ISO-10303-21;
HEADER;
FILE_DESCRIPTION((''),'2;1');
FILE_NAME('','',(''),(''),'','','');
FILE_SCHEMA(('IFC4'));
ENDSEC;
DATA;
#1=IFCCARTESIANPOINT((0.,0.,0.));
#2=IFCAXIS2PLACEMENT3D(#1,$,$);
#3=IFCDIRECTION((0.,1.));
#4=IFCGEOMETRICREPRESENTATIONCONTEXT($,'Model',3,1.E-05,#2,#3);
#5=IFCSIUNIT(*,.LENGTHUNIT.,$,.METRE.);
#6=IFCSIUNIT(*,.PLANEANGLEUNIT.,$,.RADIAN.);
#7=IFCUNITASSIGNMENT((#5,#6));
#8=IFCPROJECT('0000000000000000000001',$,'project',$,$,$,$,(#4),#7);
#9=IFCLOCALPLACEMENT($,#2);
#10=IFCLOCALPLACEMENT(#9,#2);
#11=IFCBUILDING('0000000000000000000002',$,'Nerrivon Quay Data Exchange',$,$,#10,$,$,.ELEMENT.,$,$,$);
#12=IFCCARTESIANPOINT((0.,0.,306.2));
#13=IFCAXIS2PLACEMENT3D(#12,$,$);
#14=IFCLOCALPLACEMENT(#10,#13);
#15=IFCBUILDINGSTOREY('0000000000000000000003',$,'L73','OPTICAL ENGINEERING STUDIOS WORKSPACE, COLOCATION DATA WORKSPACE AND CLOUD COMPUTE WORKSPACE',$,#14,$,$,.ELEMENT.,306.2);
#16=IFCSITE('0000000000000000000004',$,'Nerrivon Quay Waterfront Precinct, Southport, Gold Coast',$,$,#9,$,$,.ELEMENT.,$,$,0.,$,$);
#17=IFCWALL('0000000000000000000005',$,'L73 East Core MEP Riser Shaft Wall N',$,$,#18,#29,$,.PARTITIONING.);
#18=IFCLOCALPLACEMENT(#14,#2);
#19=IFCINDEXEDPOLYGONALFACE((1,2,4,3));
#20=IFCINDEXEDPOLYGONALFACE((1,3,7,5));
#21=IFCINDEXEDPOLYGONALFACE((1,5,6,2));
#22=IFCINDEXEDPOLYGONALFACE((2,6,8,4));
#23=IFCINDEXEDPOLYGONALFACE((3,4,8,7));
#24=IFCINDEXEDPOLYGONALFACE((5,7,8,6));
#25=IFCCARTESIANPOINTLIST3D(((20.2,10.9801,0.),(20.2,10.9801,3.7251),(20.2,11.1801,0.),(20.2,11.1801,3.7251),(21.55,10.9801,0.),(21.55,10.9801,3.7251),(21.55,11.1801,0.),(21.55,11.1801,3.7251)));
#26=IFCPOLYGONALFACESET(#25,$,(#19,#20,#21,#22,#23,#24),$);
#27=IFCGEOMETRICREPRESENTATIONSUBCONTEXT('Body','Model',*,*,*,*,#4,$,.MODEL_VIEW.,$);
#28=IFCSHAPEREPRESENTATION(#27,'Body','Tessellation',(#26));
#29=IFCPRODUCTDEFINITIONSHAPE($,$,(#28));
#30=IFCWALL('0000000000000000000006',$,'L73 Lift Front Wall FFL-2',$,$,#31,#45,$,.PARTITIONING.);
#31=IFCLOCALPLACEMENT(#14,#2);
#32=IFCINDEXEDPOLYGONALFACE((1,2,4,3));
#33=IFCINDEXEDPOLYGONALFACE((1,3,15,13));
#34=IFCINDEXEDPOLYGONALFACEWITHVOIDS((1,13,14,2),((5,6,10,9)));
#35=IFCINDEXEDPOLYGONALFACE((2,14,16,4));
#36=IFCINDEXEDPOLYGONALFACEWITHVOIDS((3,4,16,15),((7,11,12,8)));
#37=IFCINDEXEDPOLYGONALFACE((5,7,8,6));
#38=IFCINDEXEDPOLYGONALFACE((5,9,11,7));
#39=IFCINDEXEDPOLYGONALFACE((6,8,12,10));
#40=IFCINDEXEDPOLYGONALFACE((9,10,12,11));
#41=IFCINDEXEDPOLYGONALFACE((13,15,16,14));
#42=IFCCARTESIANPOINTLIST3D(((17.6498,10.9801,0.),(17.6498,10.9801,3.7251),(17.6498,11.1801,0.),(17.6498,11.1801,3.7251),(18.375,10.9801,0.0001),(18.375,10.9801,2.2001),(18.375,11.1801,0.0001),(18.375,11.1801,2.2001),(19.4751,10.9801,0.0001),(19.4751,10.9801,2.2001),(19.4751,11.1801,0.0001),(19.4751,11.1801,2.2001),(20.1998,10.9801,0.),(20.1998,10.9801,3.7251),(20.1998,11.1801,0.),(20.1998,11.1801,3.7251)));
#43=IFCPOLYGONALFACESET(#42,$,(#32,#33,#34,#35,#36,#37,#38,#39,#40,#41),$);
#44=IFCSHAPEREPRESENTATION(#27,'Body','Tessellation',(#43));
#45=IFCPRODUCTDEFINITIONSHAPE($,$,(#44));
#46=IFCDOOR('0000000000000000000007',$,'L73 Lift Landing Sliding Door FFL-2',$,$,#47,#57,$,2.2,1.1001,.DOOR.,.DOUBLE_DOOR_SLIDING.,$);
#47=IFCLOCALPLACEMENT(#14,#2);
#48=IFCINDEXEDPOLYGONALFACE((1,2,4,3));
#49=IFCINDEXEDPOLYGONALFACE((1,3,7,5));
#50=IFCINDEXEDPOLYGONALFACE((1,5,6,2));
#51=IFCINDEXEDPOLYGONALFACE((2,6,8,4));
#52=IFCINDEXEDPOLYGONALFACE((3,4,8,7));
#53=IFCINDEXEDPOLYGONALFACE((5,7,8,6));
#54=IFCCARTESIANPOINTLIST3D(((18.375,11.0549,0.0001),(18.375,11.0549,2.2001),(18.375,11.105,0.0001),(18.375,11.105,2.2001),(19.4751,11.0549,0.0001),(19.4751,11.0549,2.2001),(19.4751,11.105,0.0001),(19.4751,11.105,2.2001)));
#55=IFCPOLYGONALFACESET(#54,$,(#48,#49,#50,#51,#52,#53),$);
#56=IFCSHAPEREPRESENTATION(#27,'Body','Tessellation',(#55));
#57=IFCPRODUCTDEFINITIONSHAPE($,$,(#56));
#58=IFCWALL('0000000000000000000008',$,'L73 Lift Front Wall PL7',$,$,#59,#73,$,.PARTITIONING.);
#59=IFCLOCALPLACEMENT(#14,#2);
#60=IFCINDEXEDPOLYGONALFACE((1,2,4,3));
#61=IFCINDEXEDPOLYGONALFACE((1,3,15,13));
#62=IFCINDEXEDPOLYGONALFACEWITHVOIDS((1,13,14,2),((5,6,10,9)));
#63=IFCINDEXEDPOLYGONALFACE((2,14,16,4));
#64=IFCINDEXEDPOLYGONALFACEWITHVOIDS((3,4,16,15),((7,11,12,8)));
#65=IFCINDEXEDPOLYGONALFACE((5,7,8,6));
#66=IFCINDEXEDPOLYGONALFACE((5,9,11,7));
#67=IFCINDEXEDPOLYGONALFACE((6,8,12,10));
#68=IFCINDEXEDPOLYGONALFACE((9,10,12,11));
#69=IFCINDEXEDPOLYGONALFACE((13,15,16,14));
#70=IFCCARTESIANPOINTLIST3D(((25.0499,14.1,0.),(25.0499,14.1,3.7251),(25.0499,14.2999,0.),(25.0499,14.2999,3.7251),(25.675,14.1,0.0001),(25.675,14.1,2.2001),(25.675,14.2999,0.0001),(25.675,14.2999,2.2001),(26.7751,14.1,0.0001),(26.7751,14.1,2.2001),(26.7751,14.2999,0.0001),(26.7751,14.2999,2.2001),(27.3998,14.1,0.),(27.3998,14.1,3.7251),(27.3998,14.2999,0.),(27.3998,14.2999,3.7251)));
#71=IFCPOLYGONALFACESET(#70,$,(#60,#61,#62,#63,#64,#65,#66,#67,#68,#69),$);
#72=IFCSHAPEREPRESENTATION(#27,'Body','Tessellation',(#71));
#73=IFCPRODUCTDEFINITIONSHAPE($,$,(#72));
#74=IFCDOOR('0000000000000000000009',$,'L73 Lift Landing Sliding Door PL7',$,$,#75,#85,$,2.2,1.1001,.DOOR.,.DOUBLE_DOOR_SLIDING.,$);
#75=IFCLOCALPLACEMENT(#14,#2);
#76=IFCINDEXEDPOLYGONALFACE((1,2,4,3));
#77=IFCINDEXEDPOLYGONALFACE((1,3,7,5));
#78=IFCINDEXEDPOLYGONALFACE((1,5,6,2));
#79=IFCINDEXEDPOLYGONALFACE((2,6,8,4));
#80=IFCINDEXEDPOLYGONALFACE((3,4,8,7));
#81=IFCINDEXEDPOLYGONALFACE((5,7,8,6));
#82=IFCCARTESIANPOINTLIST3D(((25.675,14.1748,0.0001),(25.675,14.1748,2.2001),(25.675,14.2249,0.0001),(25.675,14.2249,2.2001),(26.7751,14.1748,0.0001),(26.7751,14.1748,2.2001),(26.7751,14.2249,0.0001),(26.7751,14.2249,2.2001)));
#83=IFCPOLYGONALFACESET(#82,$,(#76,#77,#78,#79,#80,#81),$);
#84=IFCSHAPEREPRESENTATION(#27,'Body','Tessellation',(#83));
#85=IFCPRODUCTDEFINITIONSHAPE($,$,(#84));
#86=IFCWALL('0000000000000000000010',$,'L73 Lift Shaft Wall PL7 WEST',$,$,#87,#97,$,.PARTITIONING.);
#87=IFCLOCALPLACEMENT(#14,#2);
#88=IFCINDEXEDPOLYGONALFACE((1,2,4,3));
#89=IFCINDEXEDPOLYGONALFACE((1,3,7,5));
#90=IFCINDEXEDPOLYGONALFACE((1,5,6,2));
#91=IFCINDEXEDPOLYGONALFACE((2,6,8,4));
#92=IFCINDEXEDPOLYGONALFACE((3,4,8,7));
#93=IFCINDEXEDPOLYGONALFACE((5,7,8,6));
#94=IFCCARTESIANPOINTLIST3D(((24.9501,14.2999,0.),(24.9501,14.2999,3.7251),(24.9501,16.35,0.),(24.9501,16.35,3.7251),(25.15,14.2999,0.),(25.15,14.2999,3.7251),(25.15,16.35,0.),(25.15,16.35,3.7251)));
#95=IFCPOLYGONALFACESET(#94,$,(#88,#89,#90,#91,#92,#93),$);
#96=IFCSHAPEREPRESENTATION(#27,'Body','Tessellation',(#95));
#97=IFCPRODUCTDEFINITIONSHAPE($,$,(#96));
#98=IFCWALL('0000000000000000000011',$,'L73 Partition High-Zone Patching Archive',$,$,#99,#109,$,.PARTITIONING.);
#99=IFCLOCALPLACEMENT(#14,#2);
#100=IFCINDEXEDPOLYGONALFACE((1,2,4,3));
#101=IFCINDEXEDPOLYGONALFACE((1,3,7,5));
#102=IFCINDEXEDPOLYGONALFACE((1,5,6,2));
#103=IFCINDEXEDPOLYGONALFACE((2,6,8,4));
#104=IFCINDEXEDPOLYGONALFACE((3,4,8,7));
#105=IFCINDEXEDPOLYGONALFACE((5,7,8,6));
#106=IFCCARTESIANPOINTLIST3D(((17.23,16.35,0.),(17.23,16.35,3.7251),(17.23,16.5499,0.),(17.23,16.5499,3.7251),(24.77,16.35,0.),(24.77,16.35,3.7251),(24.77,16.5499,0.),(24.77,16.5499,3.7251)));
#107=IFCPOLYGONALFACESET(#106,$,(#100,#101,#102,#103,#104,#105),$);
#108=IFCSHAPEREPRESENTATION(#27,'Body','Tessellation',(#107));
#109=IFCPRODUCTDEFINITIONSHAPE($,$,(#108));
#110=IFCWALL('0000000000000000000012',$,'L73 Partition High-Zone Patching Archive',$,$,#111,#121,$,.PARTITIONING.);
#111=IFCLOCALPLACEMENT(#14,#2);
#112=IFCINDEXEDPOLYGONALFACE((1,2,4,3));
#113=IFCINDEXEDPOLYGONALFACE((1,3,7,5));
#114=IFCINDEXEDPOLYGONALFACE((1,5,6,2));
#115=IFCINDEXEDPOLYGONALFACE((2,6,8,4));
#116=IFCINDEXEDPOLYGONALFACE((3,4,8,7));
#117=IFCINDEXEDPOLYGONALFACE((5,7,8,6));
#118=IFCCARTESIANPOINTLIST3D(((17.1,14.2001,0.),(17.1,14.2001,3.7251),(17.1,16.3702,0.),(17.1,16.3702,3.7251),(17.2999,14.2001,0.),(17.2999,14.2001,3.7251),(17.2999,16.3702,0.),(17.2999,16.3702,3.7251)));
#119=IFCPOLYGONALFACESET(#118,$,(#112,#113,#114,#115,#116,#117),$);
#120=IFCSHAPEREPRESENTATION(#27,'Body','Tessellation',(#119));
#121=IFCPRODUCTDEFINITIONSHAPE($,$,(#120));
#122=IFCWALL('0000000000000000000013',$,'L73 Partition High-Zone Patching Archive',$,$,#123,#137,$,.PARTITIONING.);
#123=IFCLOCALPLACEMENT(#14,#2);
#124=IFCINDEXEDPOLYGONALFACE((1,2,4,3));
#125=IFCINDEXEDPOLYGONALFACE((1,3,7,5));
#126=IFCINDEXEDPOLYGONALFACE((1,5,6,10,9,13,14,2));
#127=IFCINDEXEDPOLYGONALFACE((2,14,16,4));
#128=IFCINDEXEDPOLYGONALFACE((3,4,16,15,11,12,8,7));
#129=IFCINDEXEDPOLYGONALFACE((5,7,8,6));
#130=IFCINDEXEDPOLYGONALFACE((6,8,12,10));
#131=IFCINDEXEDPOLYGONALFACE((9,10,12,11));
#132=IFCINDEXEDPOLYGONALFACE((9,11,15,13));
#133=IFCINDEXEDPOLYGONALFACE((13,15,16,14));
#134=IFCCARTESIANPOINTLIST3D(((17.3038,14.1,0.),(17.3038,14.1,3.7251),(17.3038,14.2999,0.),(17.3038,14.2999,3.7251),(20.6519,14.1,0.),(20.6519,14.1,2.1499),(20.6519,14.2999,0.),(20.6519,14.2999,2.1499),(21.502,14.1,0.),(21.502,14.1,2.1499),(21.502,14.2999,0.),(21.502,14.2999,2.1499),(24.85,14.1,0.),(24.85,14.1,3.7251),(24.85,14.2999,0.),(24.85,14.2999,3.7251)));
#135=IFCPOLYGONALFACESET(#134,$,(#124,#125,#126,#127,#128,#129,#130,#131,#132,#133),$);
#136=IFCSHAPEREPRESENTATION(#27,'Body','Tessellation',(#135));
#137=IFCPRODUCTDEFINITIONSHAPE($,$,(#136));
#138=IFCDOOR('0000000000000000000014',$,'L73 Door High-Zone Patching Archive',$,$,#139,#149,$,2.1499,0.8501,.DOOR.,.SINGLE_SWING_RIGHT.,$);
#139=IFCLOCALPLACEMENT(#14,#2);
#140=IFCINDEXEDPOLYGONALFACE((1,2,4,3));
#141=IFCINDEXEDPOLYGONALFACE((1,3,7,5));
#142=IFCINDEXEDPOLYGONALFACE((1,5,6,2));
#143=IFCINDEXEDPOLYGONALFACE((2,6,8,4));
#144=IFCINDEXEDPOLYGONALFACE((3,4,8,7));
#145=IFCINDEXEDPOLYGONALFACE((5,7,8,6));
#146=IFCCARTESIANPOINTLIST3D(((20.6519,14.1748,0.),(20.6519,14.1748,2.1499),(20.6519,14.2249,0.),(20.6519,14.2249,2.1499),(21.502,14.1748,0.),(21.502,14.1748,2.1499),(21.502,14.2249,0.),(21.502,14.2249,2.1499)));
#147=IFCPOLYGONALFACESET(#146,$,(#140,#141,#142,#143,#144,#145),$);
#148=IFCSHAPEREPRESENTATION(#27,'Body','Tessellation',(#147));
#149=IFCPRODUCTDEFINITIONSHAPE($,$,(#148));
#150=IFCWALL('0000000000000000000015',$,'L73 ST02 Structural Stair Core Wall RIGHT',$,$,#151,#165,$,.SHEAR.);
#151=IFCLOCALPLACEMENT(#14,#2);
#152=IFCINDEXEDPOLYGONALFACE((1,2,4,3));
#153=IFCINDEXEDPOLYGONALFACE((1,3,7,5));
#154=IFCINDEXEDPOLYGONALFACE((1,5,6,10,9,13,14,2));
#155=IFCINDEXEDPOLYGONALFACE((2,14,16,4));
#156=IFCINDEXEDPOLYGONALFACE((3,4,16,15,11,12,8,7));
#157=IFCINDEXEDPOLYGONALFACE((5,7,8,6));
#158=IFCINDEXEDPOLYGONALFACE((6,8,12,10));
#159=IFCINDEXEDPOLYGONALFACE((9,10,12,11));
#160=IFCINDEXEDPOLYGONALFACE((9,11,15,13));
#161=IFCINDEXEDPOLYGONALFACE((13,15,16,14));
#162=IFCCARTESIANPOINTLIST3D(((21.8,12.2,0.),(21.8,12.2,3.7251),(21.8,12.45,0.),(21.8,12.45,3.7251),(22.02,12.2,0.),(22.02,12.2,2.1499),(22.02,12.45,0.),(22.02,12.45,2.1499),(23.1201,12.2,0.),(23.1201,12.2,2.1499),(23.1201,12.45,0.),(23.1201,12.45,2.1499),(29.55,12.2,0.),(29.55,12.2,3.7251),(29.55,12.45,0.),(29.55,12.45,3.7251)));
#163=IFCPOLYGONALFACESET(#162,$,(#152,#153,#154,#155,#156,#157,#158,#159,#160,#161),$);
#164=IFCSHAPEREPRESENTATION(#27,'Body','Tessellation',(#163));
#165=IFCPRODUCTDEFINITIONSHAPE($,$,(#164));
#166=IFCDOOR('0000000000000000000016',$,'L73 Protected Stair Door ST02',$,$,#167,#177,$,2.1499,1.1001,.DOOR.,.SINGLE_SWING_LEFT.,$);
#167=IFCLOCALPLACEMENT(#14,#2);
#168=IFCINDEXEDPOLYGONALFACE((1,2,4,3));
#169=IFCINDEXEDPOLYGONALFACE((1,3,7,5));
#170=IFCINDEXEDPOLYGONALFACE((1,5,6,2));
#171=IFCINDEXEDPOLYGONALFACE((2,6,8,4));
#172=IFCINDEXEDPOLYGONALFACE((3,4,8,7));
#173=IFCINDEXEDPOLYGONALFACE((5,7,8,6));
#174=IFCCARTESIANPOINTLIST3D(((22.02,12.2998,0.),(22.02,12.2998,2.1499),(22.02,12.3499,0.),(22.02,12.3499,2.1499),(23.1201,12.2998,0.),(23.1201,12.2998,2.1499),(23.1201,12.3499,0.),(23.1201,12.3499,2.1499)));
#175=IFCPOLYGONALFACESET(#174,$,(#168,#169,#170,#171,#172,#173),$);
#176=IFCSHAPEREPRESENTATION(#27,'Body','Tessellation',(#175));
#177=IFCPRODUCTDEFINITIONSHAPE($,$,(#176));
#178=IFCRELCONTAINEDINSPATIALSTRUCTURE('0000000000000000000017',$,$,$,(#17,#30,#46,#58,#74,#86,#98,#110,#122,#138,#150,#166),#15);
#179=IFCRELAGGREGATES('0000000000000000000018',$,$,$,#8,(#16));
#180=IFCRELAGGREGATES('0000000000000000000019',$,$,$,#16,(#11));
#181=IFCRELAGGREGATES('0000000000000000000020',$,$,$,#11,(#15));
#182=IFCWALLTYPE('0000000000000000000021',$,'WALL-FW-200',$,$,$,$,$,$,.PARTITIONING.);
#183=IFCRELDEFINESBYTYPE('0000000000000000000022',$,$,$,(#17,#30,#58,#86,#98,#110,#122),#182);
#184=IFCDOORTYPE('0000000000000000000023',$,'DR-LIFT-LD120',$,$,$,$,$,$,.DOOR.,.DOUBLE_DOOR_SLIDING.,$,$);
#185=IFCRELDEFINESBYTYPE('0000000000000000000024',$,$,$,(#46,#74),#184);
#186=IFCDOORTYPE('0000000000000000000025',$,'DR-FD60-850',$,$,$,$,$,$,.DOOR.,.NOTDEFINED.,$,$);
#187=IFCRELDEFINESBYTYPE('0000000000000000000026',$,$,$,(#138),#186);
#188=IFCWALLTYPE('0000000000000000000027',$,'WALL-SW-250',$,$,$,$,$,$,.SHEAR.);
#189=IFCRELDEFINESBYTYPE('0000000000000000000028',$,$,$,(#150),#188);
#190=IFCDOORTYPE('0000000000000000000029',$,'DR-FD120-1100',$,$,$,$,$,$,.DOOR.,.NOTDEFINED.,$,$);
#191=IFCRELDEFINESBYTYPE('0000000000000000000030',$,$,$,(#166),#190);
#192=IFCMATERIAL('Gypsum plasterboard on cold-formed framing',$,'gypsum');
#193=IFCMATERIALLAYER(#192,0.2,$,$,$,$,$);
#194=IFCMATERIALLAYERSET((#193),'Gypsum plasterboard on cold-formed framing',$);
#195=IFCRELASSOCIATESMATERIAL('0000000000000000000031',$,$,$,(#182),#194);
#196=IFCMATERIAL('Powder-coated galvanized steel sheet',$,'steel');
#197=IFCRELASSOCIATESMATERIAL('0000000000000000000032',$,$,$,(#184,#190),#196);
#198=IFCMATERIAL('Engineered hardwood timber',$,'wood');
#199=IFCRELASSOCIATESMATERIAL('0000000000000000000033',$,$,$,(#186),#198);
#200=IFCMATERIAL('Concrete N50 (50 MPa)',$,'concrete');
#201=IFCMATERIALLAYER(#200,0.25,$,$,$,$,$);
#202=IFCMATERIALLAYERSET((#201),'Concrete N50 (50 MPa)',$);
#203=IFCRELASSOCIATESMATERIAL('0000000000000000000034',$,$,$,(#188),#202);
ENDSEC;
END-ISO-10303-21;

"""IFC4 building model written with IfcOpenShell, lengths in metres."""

from ifc_helpers import new_model, si_unit, direction, frame, frame_2d, origin, place, context, subcontext, project, spatial, rectangle, extrude, material, layer, layer_set, type_object, element, fill, save


model = new_model("IFC4")

# Units and contexts
model_context = context("Model", 3, precision=1e-05, world=origin(), true_north=direction((0.0, 1.0)))
body_context = subcontext(model_context, "Body", "Model", "MODEL_VIEW")
ifc_project = project(units=[si_unit("LENGTHUNIT", "METRE"), si_unit("PLANEANGLEUNIT", "RADIAN")], contexts=[model_context])

# Site, building, storey
site_placement = place(None, origin())
site = spatial("IfcSite", under=ifc_project, at=site_placement, Name="Nerrivon Quay Waterfront Precinct, Southport, Gold Coast", CompositionType="ELEMENT", RefElevation=0.0)
building_placement = place(site_placement, origin())
building = spatial("IfcBuilding", under=site, at=building_placement, Name="Nerrivon Quay Data Exchange", CompositionType="ELEMENT")
storey_placement = place(building_placement, frame((0.0, 0.0, 306.2)))
storey = spatial("IfcBuildingStorey", under=building, at=storey_placement, Name="L73", Description="OPTICAL ENGINEERING STUDIOS WORKSPACE, COLOCATION DATA WORKSPACE AND CLOUD COMPUTE WORKSPACE", CompositionType="ELEMENT", Elevation=306.2)

# Shared definitions
ifc_material_1 = material(Name="Concrete N50 (50 MPa)", Category="concrete")

# Wall
ifc_material_2 = material(Name="Gypsum plasterboard on cold-formed framing", Category="gypsum")
ifc_layer_1 = layer(ifc_material_2, 0.2)
ifc_layer_set_1 = layer_set([ifc_layer_1], Name="Gypsum plasterboard on cold-formed framing")
wall_type_1 = type_object("IfcWallType", Name="WALL-FW-200", PredefinedType="PARTITIONING", material=ifc_layer_set_1)
wall_1_placement = place(storey_placement, frame((20.2, 11.0801, 0.0), z_axis=(0.0, 0.0, 1.0), x_axis=(1.0, 0.0, 0.0)))
element("IfcWall", 1, at=wall_1_placement, inside=storey, type_object=wall_type_1, Name="L73 East Core MEP Riser Shaft Wall N", PredefinedType="PARTITIONING", context=body_context, shape_type="SweptSolid", body=[
    extrude(rectangle(XDim=1.3501, YDim=0.2, at=frame_2d((0.675, 0.0))), origin(), (0.0, 0.0, 1.0), 3.7251),
])

# Walls, openings, doors
wall_2_placement = place(storey_placement, frame((17.6499, 11.0801, 0.0), z_axis=(0.0, 0.0, 1.0), x_axis=(1.0, 0.0, 0.0)))
wall_2 = element("IfcWall", 2, at=wall_2_placement, inside=storey, type_object=wall_type_1, Name="L73 Lift Front Wall FFL-2", PredefinedType="PARTITIONING", context=body_context, shape_type="SweptSolid", body=[
    extrude(rectangle(XDim=2.55, YDim=0.2, at=frame_2d((1.2749, 0.0))), origin(), (0.0, 0.0, 1.0), 3.7251),
])
opening_1_placement = place(wall_2_placement, frame((0.7251, 0.0, 0.0)))
opening_1 = element("IfcOpeningElement", 3, at=opening_1_placement, cuts=wall_2, PredefinedType="OPENING", context=body_context, shape_type="SweptSolid", body=[
    extrude(rectangle(XDim=1.1001, YDim=2.2, at=frame_2d((0.55, 1.1001))), frame((0.0, 0.1099, 0.0), z_axis=(0.0, -1.0, 0.0), x_axis=(1.0, 0.0, 0.0)), (0.0, 0.0, 1.0), 0.22),
])
ifc_material_3 = material(Name="Powder-coated galvanized steel sheet", Category="steel")
door_type_1 = type_object("IfcDoorType", Name="DR-LIFT-LD120", OperationType="DOUBLE_DOOR_SLIDING", PredefinedType="DOOR", material=ifc_material_3)
door_1_placement = place(opening_1_placement, origin())
door_1 = element("IfcDoor", 4, at=door_1_placement, inside=storey, type_object=door_type_1, Name="L73 Lift Landing Sliding Door FFL-2", OperationType="DOUBLE_DOOR_SLIDING", OverallHeight=2.2, OverallWidth=1.1001, PredefinedType="DOOR", context=body_context, shape_type="SweptSolid", body=[
    extrude(rectangle(XDim=1.1001, YDim=2.2, at=frame_2d((0.55, 1.1001))), frame((0.0, 0.0249, 0.0), z_axis=(0.0, -1.0, 0.0), x_axis=(1.0, 0.0, 0.0)), (0.0, 0.0, 1.0), 0.05),
])
fill(opening_1, door_1)
wall_3_placement = place(storey_placement, frame((25.05, 14.2, 0.0), z_axis=(0.0, 0.0, 1.0), x_axis=(1.0, 0.0, 0.0)))
wall_3 = element("IfcWall", 5, at=wall_3_placement, inside=storey, type_object=wall_type_1, Name="L73 Lift Front Wall PL7", PredefinedType="PARTITIONING", context=body_context, shape_type="SweptSolid", body=[
    extrude(rectangle(XDim=2.3499, YDim=0.2, at=frame_2d((1.1748, 0.0))), origin(), (0.0, 0.0, 1.0), 3.7251),
])
opening_2_placement = place(wall_3_placement, frame((0.625, 0.0, 0.0)))
opening_2 = element("IfcOpeningElement", 6, at=opening_2_placement, cuts=wall_3, PredefinedType="OPENING", context=body_context, shape_type="SweptSolid", body=[
    extrude(rectangle(XDim=1.1001, YDim=2.2, at=frame_2d((0.55, 1.1001))), frame((0.0, 0.1099, 0.0), z_axis=(0.0, -1.0, 0.0), x_axis=(1.0, 0.0, 0.0)), (0.0, 0.0, 1.0), 0.22),
])
door_2_placement = place(opening_2_placement, origin())
door_2 = element("IfcDoor", 7, at=door_2_placement, inside=storey, type_object=door_type_1, Name="L73 Lift Landing Sliding Door PL7", OperationType="DOUBLE_DOOR_SLIDING", OverallHeight=2.2, OverallWidth=1.1001, PredefinedType="DOOR", context=body_context, shape_type="SweptSolid", body=[
    extrude(rectangle(XDim=1.1001, YDim=2.2, at=frame_2d((0.55, 1.1001))), frame((0.0, 0.0249, 0.0), z_axis=(0.0, -1.0, 0.0), x_axis=(1.0, 0.0, 0.0)), (0.0, 0.0, 1.0), 0.05),
])
fill(opening_2, door_2)

# Walls
wall_4_placement = place(storey_placement, frame((25.05, 14.3, 0.0), z_axis=(0.0, 0.0, 1.0), x_axis=(0.0, 1.0, 0.0)))
element("IfcWall", 8, at=wall_4_placement, inside=storey, type_object=wall_type_1, Name="L73 Lift Shaft Wall PL7 WEST", PredefinedType="PARTITIONING", context=body_context, shape_type="SweptSolid", body=[
    extrude(rectangle(XDim=2.05, YDim=0.2, at=frame_2d((1.0249, 0.0))), origin(), (0.0, 0.0, 1.0), 3.7251),
])
wall_5_placement = place(storey_placement, frame((24.77, 16.45, 0.0), z_axis=(0.0, 0.0, 1.0), x_axis=(-1.0, 0.0, 0.0)))
element("IfcWall", 9, at=wall_5_placement, inside=storey, type_object=wall_type_1, Name="L73 Partition High-Zone Patching Archive", PredefinedType="PARTITIONING", context=body_context, shape_type="SweptSolid", body=[
    extrude(rectangle(XDim=7.54, YDim=0.2, at=frame_2d((3.77, 0.0))), origin(), (0.0, 0.0, 1.0), 3.7251),
])
wall_6_placement = place(storey_placement, frame((17.2, 16.3701, 0.0), z_axis=(0.0, 0.0, 1.0), x_axis=(0.0, -1.0, 0.0)))
element("IfcWall", 10, at=wall_6_placement, inside=storey, type_object=wall_type_1, Name="L73 Partition High-Zone Patching Archive", PredefinedType="PARTITIONING", context=body_context, shape_type="SweptSolid", body=[
    extrude(rectangle(XDim=2.1702, YDim=0.2, at=frame_2d((1.085, 0.0))), origin(), (0.0, 0.0, 1.0), 3.7251),
])

# Walls, openings, doors
wall_7_placement = place(storey_placement, frame((17.304, 14.2, 0.0), z_axis=(0.0, 0.0, 1.0), x_axis=(1.0, 0.0, 0.0)))
wall_7 = element("IfcWall", 11, at=wall_7_placement, inside=storey, type_object=wall_type_1, Name="L73 Partition High-Zone Patching Archive", PredefinedType="PARTITIONING", context=body_context, shape_type="SweptSolid", body=[
    extrude(rectangle(XDim=7.5461, YDim=0.2, at=frame_2d((3.7729, 0.0))), origin(), (0.0, 0.0, 1.0), 3.7251),
])
opening_3_placement = place(wall_7_placement, frame((3.3479, 0.0, 0.0)))
opening_3 = element("IfcOpeningElement", 12, at=opening_3_placement, cuts=wall_7, PredefinedType="OPENING", context=body_context, shape_type="SweptSolid", body=[
    extrude(rectangle(XDim=0.8501, YDim=2.1499, at=frame_2d((0.425, 1.075))), frame((0.0, 0.1099, 0.0), z_axis=(0.0, -1.0, 0.0), x_axis=(1.0, 0.0, 0.0)), (0.0, 0.0, 1.0), 0.22),
])
ifc_material_4 = material(Name="Engineered hardwood timber", Category="wood")
door_type_2 = type_object("IfcDoorType", Name="DR-FD60-850", OperationType="NOTDEFINED", PredefinedType="DOOR", material=ifc_material_4)
door_3_placement = place(opening_3_placement, origin())
door_3 = element("IfcDoor", 13, at=door_3_placement, inside=storey, type_object=door_type_2, Name="L73 Door High-Zone Patching Archive", OperationType="SINGLE_SWING_RIGHT", OverallHeight=2.1499, OverallWidth=0.8501, PredefinedType="DOOR", context=body_context, shape_type="SweptSolid", body=[
    extrude(rectangle(XDim=0.8501, YDim=2.1499, at=frame_2d((0.425, 1.075))), frame((0.0, 0.0249, 0.0), z_axis=(0.0, -1.0, 0.0), x_axis=(1.0, 0.0, 0.0)), (0.0, 0.0, 1.0), 0.05),
])
fill(opening_3, door_3)
ifc_layer_2 = layer(ifc_material_1, 0.25)
ifc_layer_set_2 = layer_set([ifc_layer_2], Name="Concrete N50 (50 MPa)")
wall_type_2 = type_object("IfcWallType", Name="WALL-SW-250", PredefinedType="SHEAR", material=ifc_layer_set_2)
wall_8_placement = place(storey_placement, frame((21.8, 12.325, 0.0), z_axis=(0.0, 0.0, 1.0), x_axis=(1.0, 0.0, 0.0)))
wall_8 = element("IfcWall", 14, at=wall_8_placement, inside=storey, type_object=wall_type_2, Name="L73 ST02 Structural Stair Core Wall RIGHT", PredefinedType="SHEAR", context=body_context, shape_type="SweptSolid", body=[
    extrude(rectangle(XDim=7.75, YDim=0.25, at=frame_2d((3.875, 0.0))), origin(), (0.0, 0.0, 1.0), 3.7251),
])
opening_4_placement = place(wall_8_placement, frame((0.22, 0.0, 0.0)))
opening_4 = element("IfcOpeningElement", 15, at=opening_4_placement, cuts=wall_8, PredefinedType="OPENING", context=body_context, shape_type="SweptSolid", body=[
    extrude(rectangle(XDim=1.1001, YDim=2.1499, at=frame_2d((0.55, 1.075))), frame((0.0, 0.135, 0.0), z_axis=(0.0, -1.0, 0.0), x_axis=(1.0, 0.0, 0.0)), (0.0, 0.0, 1.0), 0.27),
])
door_type_3 = type_object("IfcDoorType", Name="DR-FD120-1100", OperationType="NOTDEFINED", PredefinedType="DOOR", material=ifc_material_3)
door_4_placement = place(opening_4_placement, origin())
door_4 = element("IfcDoor", 16, at=door_4_placement, inside=storey, type_object=door_type_3, Name="L73 Protected Stair Door ST02", OperationType="SINGLE_SWING_LEFT", OverallHeight=2.1499, OverallWidth=1.1001, PredefinedType="DOOR", context=body_context, shape_type="SweptSolid", body=[
    extrude(rectangle(XDim=1.1001, YDim=2.1499, at=frame_2d((0.55, 1.075))), frame((0.0, 0.0249, 0.0), z_axis=(0.0, -1.0, 0.0), x_axis=(1.0, 0.0, 0.0)), (0.0, 0.0, 1.0), 0.05),
])
fill(opening_4, door_4)

save(model, "model.ifc")
